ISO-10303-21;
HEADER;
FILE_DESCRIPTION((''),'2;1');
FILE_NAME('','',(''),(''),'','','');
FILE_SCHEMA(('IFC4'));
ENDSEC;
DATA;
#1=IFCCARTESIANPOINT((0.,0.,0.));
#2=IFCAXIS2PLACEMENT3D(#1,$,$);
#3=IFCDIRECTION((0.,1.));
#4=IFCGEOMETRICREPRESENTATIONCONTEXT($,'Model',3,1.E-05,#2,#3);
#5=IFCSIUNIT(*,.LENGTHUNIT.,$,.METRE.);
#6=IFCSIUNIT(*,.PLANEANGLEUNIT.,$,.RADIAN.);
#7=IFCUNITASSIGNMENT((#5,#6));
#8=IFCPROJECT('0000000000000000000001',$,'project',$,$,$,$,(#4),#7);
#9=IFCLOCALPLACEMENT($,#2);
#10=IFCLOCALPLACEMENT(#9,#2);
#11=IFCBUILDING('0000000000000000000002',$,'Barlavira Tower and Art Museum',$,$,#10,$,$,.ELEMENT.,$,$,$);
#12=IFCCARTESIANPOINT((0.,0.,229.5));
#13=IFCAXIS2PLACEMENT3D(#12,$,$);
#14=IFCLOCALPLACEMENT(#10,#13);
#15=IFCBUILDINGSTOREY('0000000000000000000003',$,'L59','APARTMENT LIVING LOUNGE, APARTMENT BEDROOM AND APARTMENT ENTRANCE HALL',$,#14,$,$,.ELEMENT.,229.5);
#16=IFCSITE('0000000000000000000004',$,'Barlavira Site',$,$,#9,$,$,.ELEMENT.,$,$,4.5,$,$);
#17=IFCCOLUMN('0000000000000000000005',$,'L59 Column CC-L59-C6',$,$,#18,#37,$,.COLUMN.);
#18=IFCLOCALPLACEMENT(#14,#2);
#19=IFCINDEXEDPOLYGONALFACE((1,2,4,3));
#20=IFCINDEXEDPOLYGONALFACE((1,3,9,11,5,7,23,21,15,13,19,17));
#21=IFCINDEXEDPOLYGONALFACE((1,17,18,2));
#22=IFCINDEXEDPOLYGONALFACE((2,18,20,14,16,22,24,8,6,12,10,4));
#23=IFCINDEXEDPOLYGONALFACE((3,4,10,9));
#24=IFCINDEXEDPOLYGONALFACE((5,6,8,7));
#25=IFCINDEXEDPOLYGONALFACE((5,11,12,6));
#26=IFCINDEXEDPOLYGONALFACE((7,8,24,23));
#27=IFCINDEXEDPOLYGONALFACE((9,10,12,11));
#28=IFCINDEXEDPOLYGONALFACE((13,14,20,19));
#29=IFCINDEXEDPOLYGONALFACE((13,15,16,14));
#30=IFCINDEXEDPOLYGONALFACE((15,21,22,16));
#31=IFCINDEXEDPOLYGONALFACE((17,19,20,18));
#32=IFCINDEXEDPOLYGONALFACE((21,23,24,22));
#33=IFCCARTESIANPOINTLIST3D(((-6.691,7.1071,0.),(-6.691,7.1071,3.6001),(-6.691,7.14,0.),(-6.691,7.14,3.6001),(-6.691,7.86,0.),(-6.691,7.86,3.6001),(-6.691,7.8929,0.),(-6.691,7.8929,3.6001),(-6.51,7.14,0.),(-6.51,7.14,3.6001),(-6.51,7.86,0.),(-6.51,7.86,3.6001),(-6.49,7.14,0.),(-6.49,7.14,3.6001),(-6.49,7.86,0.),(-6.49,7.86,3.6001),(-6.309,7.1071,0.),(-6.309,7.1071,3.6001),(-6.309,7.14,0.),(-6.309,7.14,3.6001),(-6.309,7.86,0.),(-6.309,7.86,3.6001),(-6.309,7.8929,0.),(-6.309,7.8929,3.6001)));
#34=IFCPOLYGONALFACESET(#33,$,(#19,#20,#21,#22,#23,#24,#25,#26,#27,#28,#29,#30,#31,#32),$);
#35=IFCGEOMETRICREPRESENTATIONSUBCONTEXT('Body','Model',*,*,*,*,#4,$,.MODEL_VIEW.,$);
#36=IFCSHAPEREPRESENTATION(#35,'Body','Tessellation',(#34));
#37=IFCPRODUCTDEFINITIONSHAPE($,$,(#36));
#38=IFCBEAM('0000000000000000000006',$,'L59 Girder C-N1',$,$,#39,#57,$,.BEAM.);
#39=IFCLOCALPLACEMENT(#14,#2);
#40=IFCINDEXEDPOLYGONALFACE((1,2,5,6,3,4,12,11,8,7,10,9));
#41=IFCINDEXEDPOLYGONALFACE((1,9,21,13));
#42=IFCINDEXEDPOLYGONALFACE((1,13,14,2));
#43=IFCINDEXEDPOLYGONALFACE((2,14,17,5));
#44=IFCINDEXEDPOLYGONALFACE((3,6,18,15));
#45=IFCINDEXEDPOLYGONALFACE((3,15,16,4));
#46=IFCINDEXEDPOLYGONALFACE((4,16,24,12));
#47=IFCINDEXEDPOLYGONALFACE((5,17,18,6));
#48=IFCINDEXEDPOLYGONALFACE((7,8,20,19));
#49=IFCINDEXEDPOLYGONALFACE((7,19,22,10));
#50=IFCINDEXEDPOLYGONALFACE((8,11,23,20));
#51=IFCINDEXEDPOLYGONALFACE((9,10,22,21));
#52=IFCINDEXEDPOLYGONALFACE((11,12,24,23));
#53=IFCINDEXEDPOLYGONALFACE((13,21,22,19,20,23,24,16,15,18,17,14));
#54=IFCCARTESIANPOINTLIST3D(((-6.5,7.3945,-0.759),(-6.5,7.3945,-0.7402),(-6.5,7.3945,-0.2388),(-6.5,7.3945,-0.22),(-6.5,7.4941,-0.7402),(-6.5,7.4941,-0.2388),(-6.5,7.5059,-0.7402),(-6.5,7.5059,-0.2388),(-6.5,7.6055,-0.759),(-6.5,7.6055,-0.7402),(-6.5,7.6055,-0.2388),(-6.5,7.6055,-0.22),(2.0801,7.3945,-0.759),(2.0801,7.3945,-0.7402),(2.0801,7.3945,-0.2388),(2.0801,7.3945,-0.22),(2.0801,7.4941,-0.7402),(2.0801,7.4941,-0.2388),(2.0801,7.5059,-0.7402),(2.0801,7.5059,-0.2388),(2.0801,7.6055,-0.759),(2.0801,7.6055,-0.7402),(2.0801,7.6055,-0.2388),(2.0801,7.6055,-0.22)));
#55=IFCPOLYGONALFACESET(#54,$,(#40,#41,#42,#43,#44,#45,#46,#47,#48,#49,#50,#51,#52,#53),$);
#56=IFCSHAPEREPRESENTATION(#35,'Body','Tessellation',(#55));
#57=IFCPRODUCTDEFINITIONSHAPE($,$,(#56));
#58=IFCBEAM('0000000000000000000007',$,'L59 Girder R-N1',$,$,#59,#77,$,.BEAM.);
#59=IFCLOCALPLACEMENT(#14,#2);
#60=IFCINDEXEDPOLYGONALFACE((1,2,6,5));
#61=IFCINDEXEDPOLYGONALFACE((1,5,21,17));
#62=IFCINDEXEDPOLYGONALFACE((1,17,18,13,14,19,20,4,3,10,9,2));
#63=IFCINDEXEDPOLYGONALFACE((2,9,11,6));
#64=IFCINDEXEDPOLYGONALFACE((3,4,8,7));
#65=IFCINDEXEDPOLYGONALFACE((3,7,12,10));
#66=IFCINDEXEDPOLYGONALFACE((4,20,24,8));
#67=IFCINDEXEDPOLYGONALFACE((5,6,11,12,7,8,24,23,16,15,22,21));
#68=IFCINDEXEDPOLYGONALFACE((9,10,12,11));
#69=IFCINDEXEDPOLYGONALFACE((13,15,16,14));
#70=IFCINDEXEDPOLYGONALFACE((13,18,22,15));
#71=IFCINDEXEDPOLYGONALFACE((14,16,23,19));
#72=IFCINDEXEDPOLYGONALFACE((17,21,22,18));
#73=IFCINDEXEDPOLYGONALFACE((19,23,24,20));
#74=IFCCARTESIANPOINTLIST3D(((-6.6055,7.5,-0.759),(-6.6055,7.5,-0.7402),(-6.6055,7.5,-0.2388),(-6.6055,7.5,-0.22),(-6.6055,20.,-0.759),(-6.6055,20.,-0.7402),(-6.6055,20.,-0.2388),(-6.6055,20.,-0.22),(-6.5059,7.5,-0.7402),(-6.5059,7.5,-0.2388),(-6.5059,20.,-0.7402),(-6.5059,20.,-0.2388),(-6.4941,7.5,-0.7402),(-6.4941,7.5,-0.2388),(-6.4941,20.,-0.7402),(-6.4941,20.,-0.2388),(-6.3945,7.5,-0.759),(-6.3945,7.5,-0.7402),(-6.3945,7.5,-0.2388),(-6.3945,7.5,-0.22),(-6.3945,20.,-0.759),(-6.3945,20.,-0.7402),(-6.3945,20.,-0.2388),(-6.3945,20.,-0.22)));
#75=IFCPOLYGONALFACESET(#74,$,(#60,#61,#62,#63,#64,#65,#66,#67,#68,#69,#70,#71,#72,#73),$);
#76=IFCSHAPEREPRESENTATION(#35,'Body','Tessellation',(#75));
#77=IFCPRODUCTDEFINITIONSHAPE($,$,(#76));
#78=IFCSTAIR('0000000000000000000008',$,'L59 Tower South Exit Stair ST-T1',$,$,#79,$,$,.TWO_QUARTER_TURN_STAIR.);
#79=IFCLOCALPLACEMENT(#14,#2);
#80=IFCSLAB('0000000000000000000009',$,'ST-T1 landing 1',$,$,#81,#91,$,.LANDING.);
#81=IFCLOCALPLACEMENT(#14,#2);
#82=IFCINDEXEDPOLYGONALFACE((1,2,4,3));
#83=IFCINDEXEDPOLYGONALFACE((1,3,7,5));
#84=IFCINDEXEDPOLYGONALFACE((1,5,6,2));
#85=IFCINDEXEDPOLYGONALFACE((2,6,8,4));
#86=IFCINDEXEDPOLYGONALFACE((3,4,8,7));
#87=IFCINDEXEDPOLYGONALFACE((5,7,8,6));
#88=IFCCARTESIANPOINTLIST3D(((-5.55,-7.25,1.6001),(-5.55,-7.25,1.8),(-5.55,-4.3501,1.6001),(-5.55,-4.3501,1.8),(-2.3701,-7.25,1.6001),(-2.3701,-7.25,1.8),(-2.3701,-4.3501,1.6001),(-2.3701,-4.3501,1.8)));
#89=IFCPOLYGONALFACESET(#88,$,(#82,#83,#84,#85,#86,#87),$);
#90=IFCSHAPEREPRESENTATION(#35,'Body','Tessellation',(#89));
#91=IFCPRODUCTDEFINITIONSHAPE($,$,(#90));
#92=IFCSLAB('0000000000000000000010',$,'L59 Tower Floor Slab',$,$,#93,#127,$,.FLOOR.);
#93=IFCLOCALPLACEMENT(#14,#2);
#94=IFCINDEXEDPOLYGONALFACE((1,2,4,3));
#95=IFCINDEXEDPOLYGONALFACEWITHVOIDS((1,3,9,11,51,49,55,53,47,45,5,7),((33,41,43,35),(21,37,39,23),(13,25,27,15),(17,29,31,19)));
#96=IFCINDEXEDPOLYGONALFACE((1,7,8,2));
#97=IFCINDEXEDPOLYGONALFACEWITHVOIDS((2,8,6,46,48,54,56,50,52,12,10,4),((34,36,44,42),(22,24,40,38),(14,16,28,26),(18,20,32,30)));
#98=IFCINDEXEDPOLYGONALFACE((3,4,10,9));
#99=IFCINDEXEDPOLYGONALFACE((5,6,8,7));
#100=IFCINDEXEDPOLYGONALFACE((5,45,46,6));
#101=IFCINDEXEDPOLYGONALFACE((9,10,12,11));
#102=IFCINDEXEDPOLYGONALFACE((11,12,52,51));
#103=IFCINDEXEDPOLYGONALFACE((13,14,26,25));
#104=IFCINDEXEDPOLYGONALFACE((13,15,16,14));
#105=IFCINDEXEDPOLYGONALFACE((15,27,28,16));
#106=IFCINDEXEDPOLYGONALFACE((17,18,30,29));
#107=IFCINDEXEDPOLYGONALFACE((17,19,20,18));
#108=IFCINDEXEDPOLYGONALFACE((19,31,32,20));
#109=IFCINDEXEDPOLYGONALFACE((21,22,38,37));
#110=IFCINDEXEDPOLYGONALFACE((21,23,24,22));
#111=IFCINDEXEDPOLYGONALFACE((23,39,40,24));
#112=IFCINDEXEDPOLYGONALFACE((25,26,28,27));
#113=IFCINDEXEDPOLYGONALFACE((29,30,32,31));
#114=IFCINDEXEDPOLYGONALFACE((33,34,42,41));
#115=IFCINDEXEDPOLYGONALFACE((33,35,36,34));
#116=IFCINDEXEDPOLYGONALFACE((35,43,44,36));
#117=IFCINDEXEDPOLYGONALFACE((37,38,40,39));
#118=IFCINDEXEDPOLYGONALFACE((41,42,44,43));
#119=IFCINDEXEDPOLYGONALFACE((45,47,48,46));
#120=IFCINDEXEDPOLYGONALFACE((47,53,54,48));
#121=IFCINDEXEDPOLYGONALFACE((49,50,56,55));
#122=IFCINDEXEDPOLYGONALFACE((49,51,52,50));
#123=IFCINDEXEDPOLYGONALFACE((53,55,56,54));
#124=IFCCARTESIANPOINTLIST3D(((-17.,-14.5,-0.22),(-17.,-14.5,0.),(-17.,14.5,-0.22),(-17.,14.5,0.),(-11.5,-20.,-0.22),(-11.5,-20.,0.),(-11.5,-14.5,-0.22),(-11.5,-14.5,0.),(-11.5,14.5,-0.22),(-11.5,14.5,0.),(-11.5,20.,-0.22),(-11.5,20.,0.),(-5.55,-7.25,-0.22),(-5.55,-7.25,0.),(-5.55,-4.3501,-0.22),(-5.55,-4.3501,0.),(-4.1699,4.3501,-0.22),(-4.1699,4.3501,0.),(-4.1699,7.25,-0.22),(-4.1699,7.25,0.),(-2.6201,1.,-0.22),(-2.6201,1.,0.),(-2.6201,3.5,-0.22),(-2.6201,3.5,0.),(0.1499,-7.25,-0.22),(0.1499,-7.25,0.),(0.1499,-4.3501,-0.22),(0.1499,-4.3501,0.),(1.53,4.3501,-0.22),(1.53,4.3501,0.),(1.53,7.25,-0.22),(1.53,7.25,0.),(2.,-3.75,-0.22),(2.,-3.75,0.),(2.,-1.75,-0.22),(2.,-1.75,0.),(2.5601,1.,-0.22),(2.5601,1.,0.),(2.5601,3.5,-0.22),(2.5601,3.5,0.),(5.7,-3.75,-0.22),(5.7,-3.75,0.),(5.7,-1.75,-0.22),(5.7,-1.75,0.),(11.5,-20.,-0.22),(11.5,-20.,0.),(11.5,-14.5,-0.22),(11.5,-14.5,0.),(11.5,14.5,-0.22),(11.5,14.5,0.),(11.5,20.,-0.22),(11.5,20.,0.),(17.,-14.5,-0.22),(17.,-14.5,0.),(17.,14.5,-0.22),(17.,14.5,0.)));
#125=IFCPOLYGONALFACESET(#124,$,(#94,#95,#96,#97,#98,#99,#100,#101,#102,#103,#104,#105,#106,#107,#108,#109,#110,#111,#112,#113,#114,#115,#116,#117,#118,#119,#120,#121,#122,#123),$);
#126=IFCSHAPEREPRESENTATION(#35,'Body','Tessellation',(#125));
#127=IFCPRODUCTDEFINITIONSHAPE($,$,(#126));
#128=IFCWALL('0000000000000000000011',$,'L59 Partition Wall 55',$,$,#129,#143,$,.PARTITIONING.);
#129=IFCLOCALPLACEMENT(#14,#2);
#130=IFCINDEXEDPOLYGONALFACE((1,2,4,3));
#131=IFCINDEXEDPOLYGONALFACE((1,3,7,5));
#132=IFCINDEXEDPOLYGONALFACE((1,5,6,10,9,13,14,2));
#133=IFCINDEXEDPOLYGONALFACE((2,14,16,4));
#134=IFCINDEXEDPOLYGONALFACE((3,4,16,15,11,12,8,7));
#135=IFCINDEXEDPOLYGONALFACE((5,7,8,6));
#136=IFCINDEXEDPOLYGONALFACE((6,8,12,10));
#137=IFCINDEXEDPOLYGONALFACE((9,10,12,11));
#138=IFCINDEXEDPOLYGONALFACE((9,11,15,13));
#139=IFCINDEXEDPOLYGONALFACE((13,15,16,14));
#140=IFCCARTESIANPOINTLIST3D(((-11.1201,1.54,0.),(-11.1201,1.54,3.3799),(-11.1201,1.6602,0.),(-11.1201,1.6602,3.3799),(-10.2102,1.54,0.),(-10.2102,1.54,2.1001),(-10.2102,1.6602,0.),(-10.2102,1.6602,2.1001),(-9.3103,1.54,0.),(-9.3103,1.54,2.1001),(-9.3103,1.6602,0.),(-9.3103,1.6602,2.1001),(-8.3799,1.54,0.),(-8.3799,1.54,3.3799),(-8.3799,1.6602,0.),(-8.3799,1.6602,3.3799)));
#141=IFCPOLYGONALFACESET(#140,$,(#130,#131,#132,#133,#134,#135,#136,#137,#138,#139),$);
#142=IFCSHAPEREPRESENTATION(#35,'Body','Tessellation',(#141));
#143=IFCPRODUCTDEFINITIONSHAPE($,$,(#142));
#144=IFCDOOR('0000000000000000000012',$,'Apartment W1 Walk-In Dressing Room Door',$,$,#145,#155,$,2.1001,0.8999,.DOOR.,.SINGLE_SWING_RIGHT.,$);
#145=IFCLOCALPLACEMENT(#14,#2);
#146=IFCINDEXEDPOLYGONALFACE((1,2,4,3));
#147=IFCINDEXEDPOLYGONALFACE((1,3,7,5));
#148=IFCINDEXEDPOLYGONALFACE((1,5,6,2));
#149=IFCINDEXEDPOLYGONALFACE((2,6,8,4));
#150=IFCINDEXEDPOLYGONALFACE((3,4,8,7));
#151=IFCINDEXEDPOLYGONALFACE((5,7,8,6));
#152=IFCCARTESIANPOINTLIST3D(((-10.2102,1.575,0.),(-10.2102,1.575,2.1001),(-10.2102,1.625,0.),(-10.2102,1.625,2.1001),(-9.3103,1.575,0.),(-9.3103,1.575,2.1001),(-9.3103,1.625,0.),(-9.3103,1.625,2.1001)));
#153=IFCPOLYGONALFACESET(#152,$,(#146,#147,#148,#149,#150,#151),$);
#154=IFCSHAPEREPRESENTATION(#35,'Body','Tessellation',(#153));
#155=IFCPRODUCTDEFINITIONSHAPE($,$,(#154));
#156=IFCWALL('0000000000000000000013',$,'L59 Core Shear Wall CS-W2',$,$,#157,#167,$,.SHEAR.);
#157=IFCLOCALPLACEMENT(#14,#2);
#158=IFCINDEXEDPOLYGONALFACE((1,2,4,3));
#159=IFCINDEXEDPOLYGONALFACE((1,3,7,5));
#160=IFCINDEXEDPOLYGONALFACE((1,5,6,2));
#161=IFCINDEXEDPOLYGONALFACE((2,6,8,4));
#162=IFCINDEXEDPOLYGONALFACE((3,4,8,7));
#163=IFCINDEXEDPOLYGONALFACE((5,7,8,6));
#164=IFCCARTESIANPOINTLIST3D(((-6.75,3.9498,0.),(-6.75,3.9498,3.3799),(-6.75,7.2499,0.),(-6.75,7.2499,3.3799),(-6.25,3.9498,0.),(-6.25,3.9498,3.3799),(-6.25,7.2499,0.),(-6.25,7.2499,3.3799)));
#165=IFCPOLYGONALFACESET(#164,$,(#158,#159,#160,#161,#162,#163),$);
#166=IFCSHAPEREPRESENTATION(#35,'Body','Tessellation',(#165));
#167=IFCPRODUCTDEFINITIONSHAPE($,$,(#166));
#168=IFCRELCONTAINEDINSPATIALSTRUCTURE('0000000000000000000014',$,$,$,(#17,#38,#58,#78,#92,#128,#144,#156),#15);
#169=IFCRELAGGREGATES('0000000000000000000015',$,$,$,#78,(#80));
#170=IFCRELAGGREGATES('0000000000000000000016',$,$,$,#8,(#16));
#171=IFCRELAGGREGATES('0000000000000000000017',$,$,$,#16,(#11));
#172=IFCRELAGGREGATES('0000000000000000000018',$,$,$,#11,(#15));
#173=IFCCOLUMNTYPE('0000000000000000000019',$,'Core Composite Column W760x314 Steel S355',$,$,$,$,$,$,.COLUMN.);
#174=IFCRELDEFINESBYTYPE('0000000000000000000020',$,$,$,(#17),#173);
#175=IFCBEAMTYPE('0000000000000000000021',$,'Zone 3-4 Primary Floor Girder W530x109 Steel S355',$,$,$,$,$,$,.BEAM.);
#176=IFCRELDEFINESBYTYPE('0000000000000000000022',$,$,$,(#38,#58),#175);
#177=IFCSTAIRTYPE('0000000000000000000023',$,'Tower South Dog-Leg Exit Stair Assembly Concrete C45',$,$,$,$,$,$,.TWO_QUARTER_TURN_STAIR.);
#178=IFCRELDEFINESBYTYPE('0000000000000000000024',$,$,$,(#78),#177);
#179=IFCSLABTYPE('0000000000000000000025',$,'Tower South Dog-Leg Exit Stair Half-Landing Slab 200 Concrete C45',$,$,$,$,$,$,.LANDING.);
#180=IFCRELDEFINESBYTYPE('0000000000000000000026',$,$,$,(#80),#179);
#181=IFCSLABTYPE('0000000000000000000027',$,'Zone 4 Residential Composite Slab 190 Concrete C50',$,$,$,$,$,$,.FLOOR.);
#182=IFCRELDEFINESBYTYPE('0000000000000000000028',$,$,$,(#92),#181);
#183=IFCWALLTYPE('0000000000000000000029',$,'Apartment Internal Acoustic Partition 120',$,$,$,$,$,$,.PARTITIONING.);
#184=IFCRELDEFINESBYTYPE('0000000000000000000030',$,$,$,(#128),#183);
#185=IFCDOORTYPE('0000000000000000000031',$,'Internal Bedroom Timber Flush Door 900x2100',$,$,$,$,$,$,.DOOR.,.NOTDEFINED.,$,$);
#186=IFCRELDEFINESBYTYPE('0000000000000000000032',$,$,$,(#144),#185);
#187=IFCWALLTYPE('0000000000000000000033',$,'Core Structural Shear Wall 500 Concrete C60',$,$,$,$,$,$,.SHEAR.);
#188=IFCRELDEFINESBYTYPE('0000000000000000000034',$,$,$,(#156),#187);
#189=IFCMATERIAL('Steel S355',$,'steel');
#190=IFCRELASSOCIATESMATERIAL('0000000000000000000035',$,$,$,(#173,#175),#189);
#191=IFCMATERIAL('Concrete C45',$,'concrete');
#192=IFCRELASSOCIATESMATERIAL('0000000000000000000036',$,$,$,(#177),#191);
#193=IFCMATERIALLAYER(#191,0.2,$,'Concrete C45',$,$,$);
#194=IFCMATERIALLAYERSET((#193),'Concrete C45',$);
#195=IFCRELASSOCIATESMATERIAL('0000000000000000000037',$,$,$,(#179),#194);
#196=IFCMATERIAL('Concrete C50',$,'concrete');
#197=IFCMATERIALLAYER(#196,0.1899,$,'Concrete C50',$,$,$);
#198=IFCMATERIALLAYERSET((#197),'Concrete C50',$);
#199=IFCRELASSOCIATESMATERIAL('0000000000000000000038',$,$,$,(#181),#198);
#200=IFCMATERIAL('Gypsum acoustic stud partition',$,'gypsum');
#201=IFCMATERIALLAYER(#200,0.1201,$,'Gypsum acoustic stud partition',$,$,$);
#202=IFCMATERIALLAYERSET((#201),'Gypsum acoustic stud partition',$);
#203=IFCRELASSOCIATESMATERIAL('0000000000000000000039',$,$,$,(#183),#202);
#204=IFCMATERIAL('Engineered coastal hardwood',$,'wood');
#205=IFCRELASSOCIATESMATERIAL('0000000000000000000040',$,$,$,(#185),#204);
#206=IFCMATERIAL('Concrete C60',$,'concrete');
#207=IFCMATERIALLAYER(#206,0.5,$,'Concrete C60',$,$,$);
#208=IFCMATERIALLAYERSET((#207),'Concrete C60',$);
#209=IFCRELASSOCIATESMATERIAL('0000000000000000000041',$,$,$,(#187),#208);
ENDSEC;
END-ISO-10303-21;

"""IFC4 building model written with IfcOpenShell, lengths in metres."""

from ifc_helpers import new_model, si_unit, direction, frame, frame_2d, origin, origin_2d, place, context, subcontext, project, spatial, polyline, rectangle, i_section, outline, extrude, material, layer, layer_set, material_profile, profile_set, type_object, element, fill, aggregate, save


model = new_model("IFC4")

# Units and contexts
model_context = context("Model", 3, precision=1e-05, world=origin(), true_north=direction((0.0, 1.0)))
body_context = subcontext(model_context, "Body", "Model", "MODEL_VIEW")
ifc_project = project(units=[si_unit("LENGTHUNIT", "METRE"), si_unit("PLANEANGLEUNIT", "RADIAN")], contexts=[model_context])

# Site, building, storey
site_placement = place(None, origin())
site = spatial("IfcSite", under=ifc_project, at=site_placement, Name="Barlavira Site", CompositionType="ELEMENT", RefElevation=4.5)
building_placement = place(site_placement, origin())
building = spatial("IfcBuilding", under=site, at=building_placement, Name="Barlavira Tower and Art Museum", CompositionType="ELEMENT")
storey_placement = place(building_placement, frame((0.0, 0.0, 229.5)))
storey = spatial("IfcBuildingStorey", under=building, at=storey_placement, Name="L59", Description="APARTMENT LIVING LOUNGE, APARTMENT BEDROOM AND APARTMENT ENTRANCE HALL", CompositionType="ELEMENT", Elevation=229.5)

# Column
ifc_material_1 = material(Name="Steel S355", Category="steel")
ifc_material_profile_1 = material_profile(ifc_material_1, i_section(OverallWidth=0.3821, OverallDepth=0.7859, WebThickness=0.02, FlangeThickness=0.033, at=origin_2d()), Name="W760x314.0")
ifc_profile_set_1 = profile_set([ifc_material_profile_1], Name="Steel S355")
column_type = type_object("IfcColumnType", Name="Core Composite Column W760x314 Steel S355", PredefinedType="COLUMN", material=ifc_profile_set_1)
column_placement = place(storey_placement, frame((-6.5, 7.5, 0.0), z_axis=(0.0, 0.0, 1.0), x_axis=(1.0, 0.0, 0.0)))
element("IfcColumn", 1, at=column_placement, inside=storey, type_object=column_type, Name="L59 Column CC-L59-C6", PredefinedType="COLUMN", context=body_context, shape_type="SweptSolid", body=[
    extrude(i_section(OverallWidth=0.3821, OverallDepth=0.7859, WebThickness=0.02, FlangeThickness=0.033, at=origin_2d()), origin(), (0.0, 0.0, 1.0), 3.6001),
])

# Beams
ifc_material_profile_2 = material_profile(ifc_material_1, i_section(OverallWidth=0.2109, OverallDepth=0.5391, WebThickness=0.0117, FlangeThickness=0.0188, at=origin_2d()), Name="W530x109.0")
ifc_profile_set_2 = profile_set([ifc_material_profile_2], Name="Steel S355")
beam_type = type_object("IfcBeamType", Name="Zone 3-4 Primary Floor Girder W530x109 Steel S355", PredefinedType="BEAM", material=ifc_profile_set_2)
beam_1_placement = place(storey_placement, frame((-6.5, 7.5, -0.4895), z_axis=(1.0, 0.0, 0.0), x_axis=(0.0, 1.0, 0.0)))
element("IfcBeam", 2, at=beam_1_placement, inside=storey, type_object=beam_type, Name="L59 Girder C-N1", PredefinedType="BEAM", context=body_context, shape_type="SweptSolid", body=[
    extrude(i_section(OverallWidth=0.2109, OverallDepth=0.5391, WebThickness=0.0117, FlangeThickness=0.0188, at=origin_2d()), origin(), (0.0, 0.0, 1.0), 8.5801),
])
beam_2_placement = place(storey_placement, frame((-6.5, 7.5, -0.4895), z_axis=(0.0, 1.0, 0.0), x_axis=(-1.0, 0.0, 0.0)))
element("IfcBeam", 3, at=beam_2_placement, inside=storey, type_object=beam_type, Name="L59 Girder R-N1", PredefinedType="BEAM", context=body_context, shape_type="SweptSolid", body=[
    extrude(i_section(OverallWidth=0.2109, OverallDepth=0.5391, WebThickness=0.0117, FlangeThickness=0.0188, at=origin_2d()), origin(), (0.0, 0.0, 1.0), 12.5),
])

# Stair, slab
ifc_material_2 = material(Name="Concrete C45", Category="concrete")
stair_type_1 = type_object("IfcStairType", Name="Tower South Dog-Leg Exit Stair Assembly Concrete C45", PredefinedType="TWO_QUARTER_TURN_STAIR", material=ifc_material_2)
stair_1_placement = place(storey_placement, origin())
stair_1 = element("IfcStair", 4, at=stair_1_placement, inside=storey, type_object=stair_type_1, Name="L59 Tower South Exit Stair ST-T1", PredefinedType="TWO_QUARTER_TURN_STAIR")
ifc_layer_1 = layer(ifc_material_2, 0.2, Name="Concrete C45")
ifc_layer_set_1 = layer_set([ifc_layer_1], Name="Concrete C45")
slab_type_1 = type_object("IfcSlabType", Name="Tower South Dog-Leg Exit Stair Half-Landing Slab 200 Concrete C45", PredefinedType="LANDING", material=ifc_layer_set_1)
slab_1_placement = place(storey_placement, frame((0.0, 0.0, 1.6001)))
slab_1 = element("IfcSlab", 5, at=slab_1_placement, type_object=slab_type_1, Name="ST-T1 landing 1", PredefinedType="LANDING", context=body_context, shape_type="SweptSolid", body=[
    extrude(outline(polyline([(-2.3701, -4.3501), (-5.55, -4.3501), (-5.55, -7.25), (-2.3701, -7.25), (-2.3701, -4.3501)])), origin(), (0.0, 0.0, 1.0), 0.2),
])
aggregate(stair_1, [slab_1])

# Slab
ifc_material_3 = material(Name="Concrete C50", Category="concrete")
ifc_layer_2 = layer(ifc_material_3, 0.1899, Name="Concrete C50")
ifc_layer_set_2 = layer_set([ifc_layer_2], Name="Concrete C50")
slab_type_2 = type_object("IfcSlabType", Name="Zone 4 Residential Composite Slab 190 Concrete C50", PredefinedType="FLOOR", material=ifc_layer_set_2)
slab_2_placement = place(storey_placement, frame((0.0, 0.0, -0.22)))
element("IfcSlab", 6, at=slab_2_placement, inside=storey, type_object=slab_type_2, Name="L59 Tower Floor Slab", PredefinedType="FLOOR", context=body_context, shape_type="SweptSolid", body=[
    extrude(outline(polyline([(-11.5, -20.0), (11.5, -20.0), (11.5, -14.5), (17.0, -14.5), (17.0, 14.5), (11.5, 14.5), (11.5, 20.0), (-11.5, 20.0), (-11.5, 14.5), (-17.0, 14.5), (-17.0, -14.5), (-11.5, -14.5), (-11.5, -20.0)]), holes=[polyline([(0.1499, -4.3501), (-5.55, -4.3501), (-5.55, -7.25), (0.1499, -7.25), (0.1499, -4.3501)]), polyline([(-4.1699, 4.3501), (1.53, 4.3501), (1.53, 7.25), (-4.1699, 7.25), (-4.1699, 4.3501)]), polyline([(-2.6201, 1.0), (2.5601, 1.0), (2.5601, 3.5), (-2.6201, 3.5), (-2.6201, 1.0)]), polyline([(2.0, -3.75), (5.7, -3.75), (5.7, -1.75), (2.0, -1.75), (2.0, -3.75)])]), origin(), (0.0, 0.0, 1.0), 0.22),
])

# Wall, opening, door
ifc_material_4 = material(Name="Gypsum acoustic stud partition", Category="gypsum")
ifc_layer_3 = layer(ifc_material_4, 0.1201, Name="Gypsum acoustic stud partition")
ifc_layer_set_3 = layer_set([ifc_layer_3], Name="Gypsum acoustic stud partition")
wall_type_1 = type_object("IfcWallType", Name="Apartment Internal Acoustic Partition 120", PredefinedType="PARTITIONING", material=ifc_layer_set_3)
wall_1_placement = place(storey_placement, frame((-11.1201, 1.6001, 0.0), z_axis=(0.0, 0.0, 1.0), x_axis=(1.0, 0.0, 0.0)))
wall_1 = element("IfcWall", 7, at=wall_1_placement, inside=storey, type_object=wall_type_1, Name="L59 Partition Wall 55", PredefinedType="PARTITIONING", context=body_context, shape_type="SweptSolid", body=[
    extrude(rectangle(XDim=2.7402, YDim=0.1201, at=frame_2d((1.3701, 0.0))), origin(), (0.0, 0.0, 1.0), 3.3799),
])
opening_1_placement = place(wall_1_placement, frame((0.9099, 0.0, 0.0)))
opening_1 = element("IfcOpeningElement", 8, at=opening_1_placement, cuts=wall_1, PredefinedType="OPENING", context=body_context, shape_type="SweptSolid", body=[
    extrude(rectangle(XDim=0.8999, YDim=2.1001, at=frame_2d((0.45, 1.05))), frame((0.0, 0.0701, 0.0), z_axis=(0.0, -1.0, 0.0), x_axis=(1.0, 0.0, 0.0)), (0.0, 0.0, 1.0), 0.1401),
])
ifc_material_5 = material(Name="Engineered coastal hardwood", Category="wood")
door_type_1 = type_object("IfcDoorType", Name="Internal Bedroom Timber Flush Door 900x2100", OperationType="NOTDEFINED", PredefinedType="DOOR", material=ifc_material_5)
door_1_placement = place(opening_1_placement, origin())
door_1 = element("IfcDoor", 9, at=door_1_placement, inside=storey, type_object=door_type_1, Name="Apartment W1 Walk-In Dressing Room Door", OperationType="SINGLE_SWING_RIGHT", OverallHeight=2.1001, OverallWidth=0.8999, PredefinedType="DOOR", context=body_context, shape_type="SweptSolid", body=[
    extrude(rectangle(XDim=0.8999, YDim=2.1001, at=frame_2d((0.45, 1.05))), frame((0.0, 0.0249, 0.0), z_axis=(0.0, -1.0, 0.0), x_axis=(1.0, 0.0, 0.0)), (0.0, 0.0, 1.0), 0.05),
])
fill(opening_1, door_1)
ifc_material_6 = material(Name="Concrete C60", Category="concrete")
ifc_layer_4 = layer(ifc_material_6, 0.5, Name="Concrete C60")
ifc_layer_set_4 = layer_set([ifc_layer_4], Name="Concrete C60")
wall_type_2 = type_object("IfcWallType", Name="Core Structural Shear Wall 500 Concrete C60", PredefinedType="SHEAR", material=ifc_layer_set_4)

# Wall
wall_2_placement = place(storey_placement, frame((-6.5, 3.95, 0.0), z_axis=(0.0, 0.0, 1.0), x_axis=(0.0, 1.0, 0.0)))
element("IfcWall", 10, at=wall_2_placement, inside=storey, type_object=wall_type_2, Name="L59 Core Shear Wall CS-W2", PredefinedType="SHEAR", context=body_context, shape_type="SweptSolid", body=[
    extrude(rectangle(XDim=3.3, YDim=0.5, at=frame_2d((1.6499, 0.0))), origin(), (0.0, 0.0, 1.0), 3.3799),
])

save(model, "model.ifc")
